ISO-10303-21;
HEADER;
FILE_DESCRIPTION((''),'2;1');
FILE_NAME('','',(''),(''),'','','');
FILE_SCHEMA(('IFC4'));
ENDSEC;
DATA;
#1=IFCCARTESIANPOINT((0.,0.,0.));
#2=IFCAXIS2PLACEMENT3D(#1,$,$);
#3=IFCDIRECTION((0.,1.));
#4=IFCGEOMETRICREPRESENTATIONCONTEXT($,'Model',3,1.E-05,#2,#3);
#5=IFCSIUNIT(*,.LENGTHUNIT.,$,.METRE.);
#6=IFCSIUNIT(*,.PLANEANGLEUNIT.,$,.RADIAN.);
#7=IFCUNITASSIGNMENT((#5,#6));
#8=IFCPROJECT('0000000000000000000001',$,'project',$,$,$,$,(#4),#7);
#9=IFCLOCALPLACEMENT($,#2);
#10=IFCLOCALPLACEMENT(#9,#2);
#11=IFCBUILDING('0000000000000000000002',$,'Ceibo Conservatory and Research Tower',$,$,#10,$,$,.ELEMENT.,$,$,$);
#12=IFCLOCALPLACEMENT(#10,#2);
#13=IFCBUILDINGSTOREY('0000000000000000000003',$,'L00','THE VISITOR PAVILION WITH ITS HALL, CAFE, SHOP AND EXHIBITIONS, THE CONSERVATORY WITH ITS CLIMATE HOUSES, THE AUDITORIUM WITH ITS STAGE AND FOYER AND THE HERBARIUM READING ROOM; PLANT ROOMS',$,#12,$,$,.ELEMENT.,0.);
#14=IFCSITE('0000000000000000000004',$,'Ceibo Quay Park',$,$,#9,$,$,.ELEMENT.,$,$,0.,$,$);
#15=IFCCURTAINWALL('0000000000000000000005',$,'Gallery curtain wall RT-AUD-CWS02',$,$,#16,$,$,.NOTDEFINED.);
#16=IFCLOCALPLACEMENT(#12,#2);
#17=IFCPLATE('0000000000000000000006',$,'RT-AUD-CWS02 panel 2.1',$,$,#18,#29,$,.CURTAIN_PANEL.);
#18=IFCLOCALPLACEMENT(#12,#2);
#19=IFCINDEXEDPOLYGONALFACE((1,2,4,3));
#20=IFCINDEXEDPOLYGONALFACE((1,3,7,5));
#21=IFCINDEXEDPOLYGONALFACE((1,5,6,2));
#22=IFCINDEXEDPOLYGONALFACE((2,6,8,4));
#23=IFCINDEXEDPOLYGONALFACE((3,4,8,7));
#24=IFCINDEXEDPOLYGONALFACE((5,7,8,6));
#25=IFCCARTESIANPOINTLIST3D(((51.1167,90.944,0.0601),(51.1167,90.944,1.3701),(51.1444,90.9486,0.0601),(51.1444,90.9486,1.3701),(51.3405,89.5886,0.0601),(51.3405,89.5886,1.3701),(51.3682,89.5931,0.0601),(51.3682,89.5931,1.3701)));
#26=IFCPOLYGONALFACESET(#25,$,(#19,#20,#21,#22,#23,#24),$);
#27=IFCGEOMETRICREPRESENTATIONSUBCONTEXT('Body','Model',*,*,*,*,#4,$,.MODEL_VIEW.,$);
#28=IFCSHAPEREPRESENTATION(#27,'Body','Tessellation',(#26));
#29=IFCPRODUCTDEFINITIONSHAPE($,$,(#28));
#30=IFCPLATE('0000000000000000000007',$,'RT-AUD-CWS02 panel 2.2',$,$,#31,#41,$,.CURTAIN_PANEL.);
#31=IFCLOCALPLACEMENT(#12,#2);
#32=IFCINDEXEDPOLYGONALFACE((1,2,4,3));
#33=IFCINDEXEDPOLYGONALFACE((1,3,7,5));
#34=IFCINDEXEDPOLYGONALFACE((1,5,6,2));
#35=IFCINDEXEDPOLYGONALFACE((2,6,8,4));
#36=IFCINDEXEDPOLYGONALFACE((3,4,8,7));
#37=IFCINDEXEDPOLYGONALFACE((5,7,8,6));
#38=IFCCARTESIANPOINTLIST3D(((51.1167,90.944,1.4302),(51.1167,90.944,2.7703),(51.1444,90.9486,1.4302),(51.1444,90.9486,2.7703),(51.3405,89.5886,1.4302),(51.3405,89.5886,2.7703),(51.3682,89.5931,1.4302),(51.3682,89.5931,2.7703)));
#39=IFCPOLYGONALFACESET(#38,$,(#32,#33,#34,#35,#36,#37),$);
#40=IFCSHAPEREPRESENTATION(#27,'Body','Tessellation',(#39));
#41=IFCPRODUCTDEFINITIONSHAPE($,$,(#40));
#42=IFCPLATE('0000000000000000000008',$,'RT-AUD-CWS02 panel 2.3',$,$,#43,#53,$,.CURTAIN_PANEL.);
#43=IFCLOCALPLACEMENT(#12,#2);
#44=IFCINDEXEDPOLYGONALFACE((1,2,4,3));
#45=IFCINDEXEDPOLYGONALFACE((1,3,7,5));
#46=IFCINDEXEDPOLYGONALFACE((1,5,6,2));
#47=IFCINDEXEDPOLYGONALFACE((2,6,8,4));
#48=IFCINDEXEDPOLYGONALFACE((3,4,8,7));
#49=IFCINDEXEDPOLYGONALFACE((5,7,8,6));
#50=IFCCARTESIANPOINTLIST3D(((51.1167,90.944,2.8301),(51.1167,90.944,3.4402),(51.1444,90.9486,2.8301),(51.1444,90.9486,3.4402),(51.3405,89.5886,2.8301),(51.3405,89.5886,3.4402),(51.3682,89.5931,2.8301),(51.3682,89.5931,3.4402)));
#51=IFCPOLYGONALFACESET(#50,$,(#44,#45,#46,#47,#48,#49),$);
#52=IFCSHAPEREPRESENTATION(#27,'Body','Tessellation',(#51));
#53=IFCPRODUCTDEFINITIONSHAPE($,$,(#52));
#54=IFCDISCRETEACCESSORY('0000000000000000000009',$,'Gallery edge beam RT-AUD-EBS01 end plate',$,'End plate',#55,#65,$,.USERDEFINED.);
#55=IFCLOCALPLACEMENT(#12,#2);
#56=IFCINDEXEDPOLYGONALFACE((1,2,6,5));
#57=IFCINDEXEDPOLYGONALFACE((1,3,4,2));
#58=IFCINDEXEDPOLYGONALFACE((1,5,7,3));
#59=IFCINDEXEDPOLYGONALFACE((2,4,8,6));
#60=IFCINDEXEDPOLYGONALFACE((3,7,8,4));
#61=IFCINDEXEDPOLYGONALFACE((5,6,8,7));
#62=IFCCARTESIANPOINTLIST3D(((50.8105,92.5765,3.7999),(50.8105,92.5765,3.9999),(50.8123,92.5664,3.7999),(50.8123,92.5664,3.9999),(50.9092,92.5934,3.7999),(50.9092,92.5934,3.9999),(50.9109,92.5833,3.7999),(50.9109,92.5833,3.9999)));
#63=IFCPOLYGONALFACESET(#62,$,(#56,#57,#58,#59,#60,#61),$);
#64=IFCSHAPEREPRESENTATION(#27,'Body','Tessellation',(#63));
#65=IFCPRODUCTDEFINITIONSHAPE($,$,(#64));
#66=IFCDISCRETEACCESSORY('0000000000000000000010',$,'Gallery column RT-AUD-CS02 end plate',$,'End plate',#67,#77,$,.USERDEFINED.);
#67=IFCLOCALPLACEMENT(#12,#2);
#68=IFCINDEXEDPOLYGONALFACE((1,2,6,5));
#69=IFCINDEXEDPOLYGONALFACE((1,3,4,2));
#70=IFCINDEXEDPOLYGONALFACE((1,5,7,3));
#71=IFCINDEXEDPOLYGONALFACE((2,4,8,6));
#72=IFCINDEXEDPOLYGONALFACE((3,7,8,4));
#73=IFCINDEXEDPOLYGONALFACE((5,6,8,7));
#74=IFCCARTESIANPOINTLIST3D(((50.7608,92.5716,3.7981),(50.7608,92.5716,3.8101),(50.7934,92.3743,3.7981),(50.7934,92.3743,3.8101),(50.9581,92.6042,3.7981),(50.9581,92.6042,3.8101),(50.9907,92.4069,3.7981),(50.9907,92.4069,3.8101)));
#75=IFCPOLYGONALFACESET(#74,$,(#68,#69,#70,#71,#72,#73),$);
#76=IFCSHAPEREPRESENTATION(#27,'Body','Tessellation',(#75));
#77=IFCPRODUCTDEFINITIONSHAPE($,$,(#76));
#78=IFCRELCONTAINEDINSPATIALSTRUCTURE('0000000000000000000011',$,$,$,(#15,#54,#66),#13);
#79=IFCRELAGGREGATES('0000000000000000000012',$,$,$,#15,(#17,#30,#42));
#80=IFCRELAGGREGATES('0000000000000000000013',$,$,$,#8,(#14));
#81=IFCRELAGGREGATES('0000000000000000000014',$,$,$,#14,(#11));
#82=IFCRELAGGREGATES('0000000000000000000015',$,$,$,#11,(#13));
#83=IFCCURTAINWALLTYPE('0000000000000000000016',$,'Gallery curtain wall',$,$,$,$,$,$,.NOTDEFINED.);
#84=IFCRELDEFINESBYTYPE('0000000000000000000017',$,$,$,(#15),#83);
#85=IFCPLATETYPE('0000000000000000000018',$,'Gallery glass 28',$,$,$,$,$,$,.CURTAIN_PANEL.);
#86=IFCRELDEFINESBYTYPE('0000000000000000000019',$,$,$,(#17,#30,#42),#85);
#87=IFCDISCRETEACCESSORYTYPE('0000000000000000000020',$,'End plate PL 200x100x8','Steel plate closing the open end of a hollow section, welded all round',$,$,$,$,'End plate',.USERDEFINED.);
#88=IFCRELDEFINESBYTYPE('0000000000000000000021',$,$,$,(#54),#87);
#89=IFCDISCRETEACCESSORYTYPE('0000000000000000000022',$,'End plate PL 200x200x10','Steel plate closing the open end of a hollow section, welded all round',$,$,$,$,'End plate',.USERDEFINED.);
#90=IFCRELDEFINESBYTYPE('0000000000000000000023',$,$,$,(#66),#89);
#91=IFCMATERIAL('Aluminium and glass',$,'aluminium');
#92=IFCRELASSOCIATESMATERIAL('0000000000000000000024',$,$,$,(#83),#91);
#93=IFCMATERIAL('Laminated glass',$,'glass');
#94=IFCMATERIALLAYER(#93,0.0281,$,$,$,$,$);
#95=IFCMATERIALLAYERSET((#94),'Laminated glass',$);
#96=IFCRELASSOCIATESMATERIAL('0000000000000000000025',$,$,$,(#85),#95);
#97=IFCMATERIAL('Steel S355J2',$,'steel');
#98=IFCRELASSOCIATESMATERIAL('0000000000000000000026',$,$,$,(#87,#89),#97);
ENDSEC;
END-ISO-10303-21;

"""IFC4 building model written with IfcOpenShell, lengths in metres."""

from ifc_helpers import new_model, si_unit, direction, frame, origin, origin_2d, place, context, subcontext, project, spatial, rectangle, extrude, material, layer, layer_set, material_profile, profile_set, type_object, element, aggregate, save


model = new_model("IFC4")

# Units and contexts
model_context = context("Model", 3, precision=1e-05, world=origin(), true_north=direction((0.0, 1.0)))
body_context = subcontext(model_context, "Body", "Model", "MODEL_VIEW")
ifc_project = project(units=[si_unit("LENGTHUNIT", "METRE"), si_unit("PLANEANGLEUNIT", "RADIAN")], contexts=[model_context])

# Site, building, storey
site_placement = place(None, origin())
site = spatial("IfcSite", under=ifc_project, at=site_placement, Name="Ceibo Quay Park", CompositionType="ELEMENT", RefElevation=0.0)
building_placement = place(site_placement, origin())
building = spatial("IfcBuilding", under=site, at=building_placement, Name="Ceibo Conservatory and Research Tower", CompositionType="ELEMENT")
storey_placement = place(building_placement, origin())
storey = spatial("IfcBuildingStorey", under=building, at=storey_placement, Name="L00", Description="THE VISITOR PAVILION WITH ITS HALL, CAFE, SHOP AND EXHIBITIONS, THE CONSERVATORY WITH ITS CLIMATE HOUSES, THE AUDITORIUM WITH ITS STAGE AND FOYER AND THE HERBARIUM READING ROOM; PLANT ROOMS", CompositionType="ELEMENT", Elevation=0.0)

# Shared definitions
ifc_material_1 = material(Name="Aluminium and glass", Category="aluminium")
curtain_wall_type = type_object("IfcCurtainWallType", Name="Gallery curtain wall", PredefinedType="NOTDEFINED", material=ifc_material_1)

# Curtain wall
curtain_wall_1_placement = place(storey_placement, origin())
curtain_wall_1 = element("IfcCurtainWall", 1, at=curtain_wall_1_placement, inside=storey, type_object=curtain_wall_type, Name="Gallery curtain wall RT-AUD-CWS02", PredefinedType="NOTDEFINED")

# Shared definitions
ifc_material_2 = material(Name="Steel S355J2", Category="steel")

# Plates
ifc_material_3 = material(Name="Laminated glass", Category="glass")
ifc_layer = layer(ifc_material_3, 0.0281)
ifc_layer_set = layer_set([ifc_layer], Name="Laminated glass")
plate_type = type_object("IfcPlateType", Name="Gallery glass 28", PredefinedType="CURTAIN_PANEL", material=ifc_layer_set)
plate_1_placement = place(storey_placement, frame((51.2424, 90.2686, 0.0601), z_axis=(0.0, 0.0, 1.0), x_axis=(0.162895, -0.986643, 0.0)))
plate_1 = element("IfcPlate", 2, at=plate_1_placement, type_object=plate_type, Name="RT-AUD-CWS02 panel 2.1", PredefinedType="CURTAIN_PANEL", context=body_context, shape_type="SweptSolid", body=[
    extrude(rectangle(XDim=1.3738, YDim=0.0281, at=origin_2d()), origin(), (0.0, 0.0, 1.0), 1.3101),
])
plate_2_placement = place(storey_placement, frame((51.2424, 90.2686, 1.4302), z_axis=(0.0, 0.0, 1.0), x_axis=(0.162895, -0.986643, 0.0)))
plate_2 = element("IfcPlate", 3, at=plate_2_placement, type_object=plate_type, Name="RT-AUD-CWS02 panel 2.2", PredefinedType="CURTAIN_PANEL", context=body_context, shape_type="SweptSolid", body=[
    extrude(rectangle(XDim=1.3738, YDim=0.0281, at=origin_2d()), origin(), (0.0, 0.0, 1.0), 1.3401),
])
plate_3_placement = place(storey_placement, frame((51.2424, 90.2686, 2.8301), z_axis=(0.0, 0.0, 1.0), x_axis=(0.162895, -0.986643, 0.0)))
plate_3 = element("IfcPlate", 4, at=plate_3_placement, type_object=plate_type, Name="RT-AUD-CWS02 panel 2.3", PredefinedType="CURTAIN_PANEL", context=body_context, shape_type="SweptSolid", body=[
    extrude(rectangle(XDim=1.3738, YDim=0.0281, at=origin_2d()), origin(), (0.0, 0.0, 1.0), 0.6101),
])
aggregate(curtain_wall_1, [plate_1, plate_2, plate_3])

# Discrete accessories
ifc_material_profile_1 = material_profile(ifc_material_2, rectangle(XDim=0.1001, YDim=0.2, at=origin_2d()), Name="End plate PL 200x100x8")
ifc_profile_set_1 = profile_set([ifc_material_profile_1], Name="Steel S355J2")
discrete_accessory_type_1 = type_object("IfcDiscreteAccessoryType", Name="End plate PL 200x100x8", Description="Steel plate closing the open end of a hollow section, welded all round", ElementType="End plate", PredefinedType="USERDEFINED", material=ifc_profile_set_1)
discrete_accessory_1_placement = place(storey_placement, frame((50.8599, 92.585, 3.8999), z_axis=(0.168296, -0.985736, 0.0), x_axis=(0.985736, 0.168296, 0.0)))
element("IfcDiscreteAccessory", 5, at=discrete_accessory_1_placement, inside=storey, type_object=discrete_accessory_type_1, Name="Gallery edge beam RT-AUD-EBS01 end plate", ObjectType="End plate", PredefinedType="USERDEFINED", context=body_context, shape_type="SweptSolid", body=[
    extrude(rectangle(XDim=0.1001, YDim=0.2, at=origin_2d()), origin(), (0.0, 0.0, 1.0), 0.0103),
])
ifc_material_profile_2 = material_profile(ifc_material_2, rectangle(XDim=0.2, YDim=0.2, at=origin_2d()), Name="End plate PL 200x200x10")
ifc_profile_set_2 = profile_set([ifc_material_profile_2], Name="Steel S355J2")
discrete_accessory_type_2 = type_object("IfcDiscreteAccessoryType", Name="End plate PL 200x200x10", Description="Steel plate closing the open end of a hollow section, welded all round", ElementType="End plate", PredefinedType="USERDEFINED", material=ifc_profile_set_2)
discrete_accessory_2_placement = place(storey_placement, frame((50.8757, 92.4893, 3.7981), z_axis=(0.0, 0.0, 1.0), x_axis=(0.162895, -0.986643, 0.0)))
element("IfcDiscreteAccessory", 6, at=discrete_accessory_2_placement, inside=storey, type_object=discrete_accessory_type_2, Name="Gallery column RT-AUD-CS02 end plate", ObjectType="End plate", PredefinedType="USERDEFINED", context=body_context, shape_type="SweptSolid", body=[
    extrude(rectangle(XDim=0.2, YDim=0.2, at=origin_2d()), origin(), (0.0, 0.0, 1.0), 0.012),
])

save(model, "model.ifc")
